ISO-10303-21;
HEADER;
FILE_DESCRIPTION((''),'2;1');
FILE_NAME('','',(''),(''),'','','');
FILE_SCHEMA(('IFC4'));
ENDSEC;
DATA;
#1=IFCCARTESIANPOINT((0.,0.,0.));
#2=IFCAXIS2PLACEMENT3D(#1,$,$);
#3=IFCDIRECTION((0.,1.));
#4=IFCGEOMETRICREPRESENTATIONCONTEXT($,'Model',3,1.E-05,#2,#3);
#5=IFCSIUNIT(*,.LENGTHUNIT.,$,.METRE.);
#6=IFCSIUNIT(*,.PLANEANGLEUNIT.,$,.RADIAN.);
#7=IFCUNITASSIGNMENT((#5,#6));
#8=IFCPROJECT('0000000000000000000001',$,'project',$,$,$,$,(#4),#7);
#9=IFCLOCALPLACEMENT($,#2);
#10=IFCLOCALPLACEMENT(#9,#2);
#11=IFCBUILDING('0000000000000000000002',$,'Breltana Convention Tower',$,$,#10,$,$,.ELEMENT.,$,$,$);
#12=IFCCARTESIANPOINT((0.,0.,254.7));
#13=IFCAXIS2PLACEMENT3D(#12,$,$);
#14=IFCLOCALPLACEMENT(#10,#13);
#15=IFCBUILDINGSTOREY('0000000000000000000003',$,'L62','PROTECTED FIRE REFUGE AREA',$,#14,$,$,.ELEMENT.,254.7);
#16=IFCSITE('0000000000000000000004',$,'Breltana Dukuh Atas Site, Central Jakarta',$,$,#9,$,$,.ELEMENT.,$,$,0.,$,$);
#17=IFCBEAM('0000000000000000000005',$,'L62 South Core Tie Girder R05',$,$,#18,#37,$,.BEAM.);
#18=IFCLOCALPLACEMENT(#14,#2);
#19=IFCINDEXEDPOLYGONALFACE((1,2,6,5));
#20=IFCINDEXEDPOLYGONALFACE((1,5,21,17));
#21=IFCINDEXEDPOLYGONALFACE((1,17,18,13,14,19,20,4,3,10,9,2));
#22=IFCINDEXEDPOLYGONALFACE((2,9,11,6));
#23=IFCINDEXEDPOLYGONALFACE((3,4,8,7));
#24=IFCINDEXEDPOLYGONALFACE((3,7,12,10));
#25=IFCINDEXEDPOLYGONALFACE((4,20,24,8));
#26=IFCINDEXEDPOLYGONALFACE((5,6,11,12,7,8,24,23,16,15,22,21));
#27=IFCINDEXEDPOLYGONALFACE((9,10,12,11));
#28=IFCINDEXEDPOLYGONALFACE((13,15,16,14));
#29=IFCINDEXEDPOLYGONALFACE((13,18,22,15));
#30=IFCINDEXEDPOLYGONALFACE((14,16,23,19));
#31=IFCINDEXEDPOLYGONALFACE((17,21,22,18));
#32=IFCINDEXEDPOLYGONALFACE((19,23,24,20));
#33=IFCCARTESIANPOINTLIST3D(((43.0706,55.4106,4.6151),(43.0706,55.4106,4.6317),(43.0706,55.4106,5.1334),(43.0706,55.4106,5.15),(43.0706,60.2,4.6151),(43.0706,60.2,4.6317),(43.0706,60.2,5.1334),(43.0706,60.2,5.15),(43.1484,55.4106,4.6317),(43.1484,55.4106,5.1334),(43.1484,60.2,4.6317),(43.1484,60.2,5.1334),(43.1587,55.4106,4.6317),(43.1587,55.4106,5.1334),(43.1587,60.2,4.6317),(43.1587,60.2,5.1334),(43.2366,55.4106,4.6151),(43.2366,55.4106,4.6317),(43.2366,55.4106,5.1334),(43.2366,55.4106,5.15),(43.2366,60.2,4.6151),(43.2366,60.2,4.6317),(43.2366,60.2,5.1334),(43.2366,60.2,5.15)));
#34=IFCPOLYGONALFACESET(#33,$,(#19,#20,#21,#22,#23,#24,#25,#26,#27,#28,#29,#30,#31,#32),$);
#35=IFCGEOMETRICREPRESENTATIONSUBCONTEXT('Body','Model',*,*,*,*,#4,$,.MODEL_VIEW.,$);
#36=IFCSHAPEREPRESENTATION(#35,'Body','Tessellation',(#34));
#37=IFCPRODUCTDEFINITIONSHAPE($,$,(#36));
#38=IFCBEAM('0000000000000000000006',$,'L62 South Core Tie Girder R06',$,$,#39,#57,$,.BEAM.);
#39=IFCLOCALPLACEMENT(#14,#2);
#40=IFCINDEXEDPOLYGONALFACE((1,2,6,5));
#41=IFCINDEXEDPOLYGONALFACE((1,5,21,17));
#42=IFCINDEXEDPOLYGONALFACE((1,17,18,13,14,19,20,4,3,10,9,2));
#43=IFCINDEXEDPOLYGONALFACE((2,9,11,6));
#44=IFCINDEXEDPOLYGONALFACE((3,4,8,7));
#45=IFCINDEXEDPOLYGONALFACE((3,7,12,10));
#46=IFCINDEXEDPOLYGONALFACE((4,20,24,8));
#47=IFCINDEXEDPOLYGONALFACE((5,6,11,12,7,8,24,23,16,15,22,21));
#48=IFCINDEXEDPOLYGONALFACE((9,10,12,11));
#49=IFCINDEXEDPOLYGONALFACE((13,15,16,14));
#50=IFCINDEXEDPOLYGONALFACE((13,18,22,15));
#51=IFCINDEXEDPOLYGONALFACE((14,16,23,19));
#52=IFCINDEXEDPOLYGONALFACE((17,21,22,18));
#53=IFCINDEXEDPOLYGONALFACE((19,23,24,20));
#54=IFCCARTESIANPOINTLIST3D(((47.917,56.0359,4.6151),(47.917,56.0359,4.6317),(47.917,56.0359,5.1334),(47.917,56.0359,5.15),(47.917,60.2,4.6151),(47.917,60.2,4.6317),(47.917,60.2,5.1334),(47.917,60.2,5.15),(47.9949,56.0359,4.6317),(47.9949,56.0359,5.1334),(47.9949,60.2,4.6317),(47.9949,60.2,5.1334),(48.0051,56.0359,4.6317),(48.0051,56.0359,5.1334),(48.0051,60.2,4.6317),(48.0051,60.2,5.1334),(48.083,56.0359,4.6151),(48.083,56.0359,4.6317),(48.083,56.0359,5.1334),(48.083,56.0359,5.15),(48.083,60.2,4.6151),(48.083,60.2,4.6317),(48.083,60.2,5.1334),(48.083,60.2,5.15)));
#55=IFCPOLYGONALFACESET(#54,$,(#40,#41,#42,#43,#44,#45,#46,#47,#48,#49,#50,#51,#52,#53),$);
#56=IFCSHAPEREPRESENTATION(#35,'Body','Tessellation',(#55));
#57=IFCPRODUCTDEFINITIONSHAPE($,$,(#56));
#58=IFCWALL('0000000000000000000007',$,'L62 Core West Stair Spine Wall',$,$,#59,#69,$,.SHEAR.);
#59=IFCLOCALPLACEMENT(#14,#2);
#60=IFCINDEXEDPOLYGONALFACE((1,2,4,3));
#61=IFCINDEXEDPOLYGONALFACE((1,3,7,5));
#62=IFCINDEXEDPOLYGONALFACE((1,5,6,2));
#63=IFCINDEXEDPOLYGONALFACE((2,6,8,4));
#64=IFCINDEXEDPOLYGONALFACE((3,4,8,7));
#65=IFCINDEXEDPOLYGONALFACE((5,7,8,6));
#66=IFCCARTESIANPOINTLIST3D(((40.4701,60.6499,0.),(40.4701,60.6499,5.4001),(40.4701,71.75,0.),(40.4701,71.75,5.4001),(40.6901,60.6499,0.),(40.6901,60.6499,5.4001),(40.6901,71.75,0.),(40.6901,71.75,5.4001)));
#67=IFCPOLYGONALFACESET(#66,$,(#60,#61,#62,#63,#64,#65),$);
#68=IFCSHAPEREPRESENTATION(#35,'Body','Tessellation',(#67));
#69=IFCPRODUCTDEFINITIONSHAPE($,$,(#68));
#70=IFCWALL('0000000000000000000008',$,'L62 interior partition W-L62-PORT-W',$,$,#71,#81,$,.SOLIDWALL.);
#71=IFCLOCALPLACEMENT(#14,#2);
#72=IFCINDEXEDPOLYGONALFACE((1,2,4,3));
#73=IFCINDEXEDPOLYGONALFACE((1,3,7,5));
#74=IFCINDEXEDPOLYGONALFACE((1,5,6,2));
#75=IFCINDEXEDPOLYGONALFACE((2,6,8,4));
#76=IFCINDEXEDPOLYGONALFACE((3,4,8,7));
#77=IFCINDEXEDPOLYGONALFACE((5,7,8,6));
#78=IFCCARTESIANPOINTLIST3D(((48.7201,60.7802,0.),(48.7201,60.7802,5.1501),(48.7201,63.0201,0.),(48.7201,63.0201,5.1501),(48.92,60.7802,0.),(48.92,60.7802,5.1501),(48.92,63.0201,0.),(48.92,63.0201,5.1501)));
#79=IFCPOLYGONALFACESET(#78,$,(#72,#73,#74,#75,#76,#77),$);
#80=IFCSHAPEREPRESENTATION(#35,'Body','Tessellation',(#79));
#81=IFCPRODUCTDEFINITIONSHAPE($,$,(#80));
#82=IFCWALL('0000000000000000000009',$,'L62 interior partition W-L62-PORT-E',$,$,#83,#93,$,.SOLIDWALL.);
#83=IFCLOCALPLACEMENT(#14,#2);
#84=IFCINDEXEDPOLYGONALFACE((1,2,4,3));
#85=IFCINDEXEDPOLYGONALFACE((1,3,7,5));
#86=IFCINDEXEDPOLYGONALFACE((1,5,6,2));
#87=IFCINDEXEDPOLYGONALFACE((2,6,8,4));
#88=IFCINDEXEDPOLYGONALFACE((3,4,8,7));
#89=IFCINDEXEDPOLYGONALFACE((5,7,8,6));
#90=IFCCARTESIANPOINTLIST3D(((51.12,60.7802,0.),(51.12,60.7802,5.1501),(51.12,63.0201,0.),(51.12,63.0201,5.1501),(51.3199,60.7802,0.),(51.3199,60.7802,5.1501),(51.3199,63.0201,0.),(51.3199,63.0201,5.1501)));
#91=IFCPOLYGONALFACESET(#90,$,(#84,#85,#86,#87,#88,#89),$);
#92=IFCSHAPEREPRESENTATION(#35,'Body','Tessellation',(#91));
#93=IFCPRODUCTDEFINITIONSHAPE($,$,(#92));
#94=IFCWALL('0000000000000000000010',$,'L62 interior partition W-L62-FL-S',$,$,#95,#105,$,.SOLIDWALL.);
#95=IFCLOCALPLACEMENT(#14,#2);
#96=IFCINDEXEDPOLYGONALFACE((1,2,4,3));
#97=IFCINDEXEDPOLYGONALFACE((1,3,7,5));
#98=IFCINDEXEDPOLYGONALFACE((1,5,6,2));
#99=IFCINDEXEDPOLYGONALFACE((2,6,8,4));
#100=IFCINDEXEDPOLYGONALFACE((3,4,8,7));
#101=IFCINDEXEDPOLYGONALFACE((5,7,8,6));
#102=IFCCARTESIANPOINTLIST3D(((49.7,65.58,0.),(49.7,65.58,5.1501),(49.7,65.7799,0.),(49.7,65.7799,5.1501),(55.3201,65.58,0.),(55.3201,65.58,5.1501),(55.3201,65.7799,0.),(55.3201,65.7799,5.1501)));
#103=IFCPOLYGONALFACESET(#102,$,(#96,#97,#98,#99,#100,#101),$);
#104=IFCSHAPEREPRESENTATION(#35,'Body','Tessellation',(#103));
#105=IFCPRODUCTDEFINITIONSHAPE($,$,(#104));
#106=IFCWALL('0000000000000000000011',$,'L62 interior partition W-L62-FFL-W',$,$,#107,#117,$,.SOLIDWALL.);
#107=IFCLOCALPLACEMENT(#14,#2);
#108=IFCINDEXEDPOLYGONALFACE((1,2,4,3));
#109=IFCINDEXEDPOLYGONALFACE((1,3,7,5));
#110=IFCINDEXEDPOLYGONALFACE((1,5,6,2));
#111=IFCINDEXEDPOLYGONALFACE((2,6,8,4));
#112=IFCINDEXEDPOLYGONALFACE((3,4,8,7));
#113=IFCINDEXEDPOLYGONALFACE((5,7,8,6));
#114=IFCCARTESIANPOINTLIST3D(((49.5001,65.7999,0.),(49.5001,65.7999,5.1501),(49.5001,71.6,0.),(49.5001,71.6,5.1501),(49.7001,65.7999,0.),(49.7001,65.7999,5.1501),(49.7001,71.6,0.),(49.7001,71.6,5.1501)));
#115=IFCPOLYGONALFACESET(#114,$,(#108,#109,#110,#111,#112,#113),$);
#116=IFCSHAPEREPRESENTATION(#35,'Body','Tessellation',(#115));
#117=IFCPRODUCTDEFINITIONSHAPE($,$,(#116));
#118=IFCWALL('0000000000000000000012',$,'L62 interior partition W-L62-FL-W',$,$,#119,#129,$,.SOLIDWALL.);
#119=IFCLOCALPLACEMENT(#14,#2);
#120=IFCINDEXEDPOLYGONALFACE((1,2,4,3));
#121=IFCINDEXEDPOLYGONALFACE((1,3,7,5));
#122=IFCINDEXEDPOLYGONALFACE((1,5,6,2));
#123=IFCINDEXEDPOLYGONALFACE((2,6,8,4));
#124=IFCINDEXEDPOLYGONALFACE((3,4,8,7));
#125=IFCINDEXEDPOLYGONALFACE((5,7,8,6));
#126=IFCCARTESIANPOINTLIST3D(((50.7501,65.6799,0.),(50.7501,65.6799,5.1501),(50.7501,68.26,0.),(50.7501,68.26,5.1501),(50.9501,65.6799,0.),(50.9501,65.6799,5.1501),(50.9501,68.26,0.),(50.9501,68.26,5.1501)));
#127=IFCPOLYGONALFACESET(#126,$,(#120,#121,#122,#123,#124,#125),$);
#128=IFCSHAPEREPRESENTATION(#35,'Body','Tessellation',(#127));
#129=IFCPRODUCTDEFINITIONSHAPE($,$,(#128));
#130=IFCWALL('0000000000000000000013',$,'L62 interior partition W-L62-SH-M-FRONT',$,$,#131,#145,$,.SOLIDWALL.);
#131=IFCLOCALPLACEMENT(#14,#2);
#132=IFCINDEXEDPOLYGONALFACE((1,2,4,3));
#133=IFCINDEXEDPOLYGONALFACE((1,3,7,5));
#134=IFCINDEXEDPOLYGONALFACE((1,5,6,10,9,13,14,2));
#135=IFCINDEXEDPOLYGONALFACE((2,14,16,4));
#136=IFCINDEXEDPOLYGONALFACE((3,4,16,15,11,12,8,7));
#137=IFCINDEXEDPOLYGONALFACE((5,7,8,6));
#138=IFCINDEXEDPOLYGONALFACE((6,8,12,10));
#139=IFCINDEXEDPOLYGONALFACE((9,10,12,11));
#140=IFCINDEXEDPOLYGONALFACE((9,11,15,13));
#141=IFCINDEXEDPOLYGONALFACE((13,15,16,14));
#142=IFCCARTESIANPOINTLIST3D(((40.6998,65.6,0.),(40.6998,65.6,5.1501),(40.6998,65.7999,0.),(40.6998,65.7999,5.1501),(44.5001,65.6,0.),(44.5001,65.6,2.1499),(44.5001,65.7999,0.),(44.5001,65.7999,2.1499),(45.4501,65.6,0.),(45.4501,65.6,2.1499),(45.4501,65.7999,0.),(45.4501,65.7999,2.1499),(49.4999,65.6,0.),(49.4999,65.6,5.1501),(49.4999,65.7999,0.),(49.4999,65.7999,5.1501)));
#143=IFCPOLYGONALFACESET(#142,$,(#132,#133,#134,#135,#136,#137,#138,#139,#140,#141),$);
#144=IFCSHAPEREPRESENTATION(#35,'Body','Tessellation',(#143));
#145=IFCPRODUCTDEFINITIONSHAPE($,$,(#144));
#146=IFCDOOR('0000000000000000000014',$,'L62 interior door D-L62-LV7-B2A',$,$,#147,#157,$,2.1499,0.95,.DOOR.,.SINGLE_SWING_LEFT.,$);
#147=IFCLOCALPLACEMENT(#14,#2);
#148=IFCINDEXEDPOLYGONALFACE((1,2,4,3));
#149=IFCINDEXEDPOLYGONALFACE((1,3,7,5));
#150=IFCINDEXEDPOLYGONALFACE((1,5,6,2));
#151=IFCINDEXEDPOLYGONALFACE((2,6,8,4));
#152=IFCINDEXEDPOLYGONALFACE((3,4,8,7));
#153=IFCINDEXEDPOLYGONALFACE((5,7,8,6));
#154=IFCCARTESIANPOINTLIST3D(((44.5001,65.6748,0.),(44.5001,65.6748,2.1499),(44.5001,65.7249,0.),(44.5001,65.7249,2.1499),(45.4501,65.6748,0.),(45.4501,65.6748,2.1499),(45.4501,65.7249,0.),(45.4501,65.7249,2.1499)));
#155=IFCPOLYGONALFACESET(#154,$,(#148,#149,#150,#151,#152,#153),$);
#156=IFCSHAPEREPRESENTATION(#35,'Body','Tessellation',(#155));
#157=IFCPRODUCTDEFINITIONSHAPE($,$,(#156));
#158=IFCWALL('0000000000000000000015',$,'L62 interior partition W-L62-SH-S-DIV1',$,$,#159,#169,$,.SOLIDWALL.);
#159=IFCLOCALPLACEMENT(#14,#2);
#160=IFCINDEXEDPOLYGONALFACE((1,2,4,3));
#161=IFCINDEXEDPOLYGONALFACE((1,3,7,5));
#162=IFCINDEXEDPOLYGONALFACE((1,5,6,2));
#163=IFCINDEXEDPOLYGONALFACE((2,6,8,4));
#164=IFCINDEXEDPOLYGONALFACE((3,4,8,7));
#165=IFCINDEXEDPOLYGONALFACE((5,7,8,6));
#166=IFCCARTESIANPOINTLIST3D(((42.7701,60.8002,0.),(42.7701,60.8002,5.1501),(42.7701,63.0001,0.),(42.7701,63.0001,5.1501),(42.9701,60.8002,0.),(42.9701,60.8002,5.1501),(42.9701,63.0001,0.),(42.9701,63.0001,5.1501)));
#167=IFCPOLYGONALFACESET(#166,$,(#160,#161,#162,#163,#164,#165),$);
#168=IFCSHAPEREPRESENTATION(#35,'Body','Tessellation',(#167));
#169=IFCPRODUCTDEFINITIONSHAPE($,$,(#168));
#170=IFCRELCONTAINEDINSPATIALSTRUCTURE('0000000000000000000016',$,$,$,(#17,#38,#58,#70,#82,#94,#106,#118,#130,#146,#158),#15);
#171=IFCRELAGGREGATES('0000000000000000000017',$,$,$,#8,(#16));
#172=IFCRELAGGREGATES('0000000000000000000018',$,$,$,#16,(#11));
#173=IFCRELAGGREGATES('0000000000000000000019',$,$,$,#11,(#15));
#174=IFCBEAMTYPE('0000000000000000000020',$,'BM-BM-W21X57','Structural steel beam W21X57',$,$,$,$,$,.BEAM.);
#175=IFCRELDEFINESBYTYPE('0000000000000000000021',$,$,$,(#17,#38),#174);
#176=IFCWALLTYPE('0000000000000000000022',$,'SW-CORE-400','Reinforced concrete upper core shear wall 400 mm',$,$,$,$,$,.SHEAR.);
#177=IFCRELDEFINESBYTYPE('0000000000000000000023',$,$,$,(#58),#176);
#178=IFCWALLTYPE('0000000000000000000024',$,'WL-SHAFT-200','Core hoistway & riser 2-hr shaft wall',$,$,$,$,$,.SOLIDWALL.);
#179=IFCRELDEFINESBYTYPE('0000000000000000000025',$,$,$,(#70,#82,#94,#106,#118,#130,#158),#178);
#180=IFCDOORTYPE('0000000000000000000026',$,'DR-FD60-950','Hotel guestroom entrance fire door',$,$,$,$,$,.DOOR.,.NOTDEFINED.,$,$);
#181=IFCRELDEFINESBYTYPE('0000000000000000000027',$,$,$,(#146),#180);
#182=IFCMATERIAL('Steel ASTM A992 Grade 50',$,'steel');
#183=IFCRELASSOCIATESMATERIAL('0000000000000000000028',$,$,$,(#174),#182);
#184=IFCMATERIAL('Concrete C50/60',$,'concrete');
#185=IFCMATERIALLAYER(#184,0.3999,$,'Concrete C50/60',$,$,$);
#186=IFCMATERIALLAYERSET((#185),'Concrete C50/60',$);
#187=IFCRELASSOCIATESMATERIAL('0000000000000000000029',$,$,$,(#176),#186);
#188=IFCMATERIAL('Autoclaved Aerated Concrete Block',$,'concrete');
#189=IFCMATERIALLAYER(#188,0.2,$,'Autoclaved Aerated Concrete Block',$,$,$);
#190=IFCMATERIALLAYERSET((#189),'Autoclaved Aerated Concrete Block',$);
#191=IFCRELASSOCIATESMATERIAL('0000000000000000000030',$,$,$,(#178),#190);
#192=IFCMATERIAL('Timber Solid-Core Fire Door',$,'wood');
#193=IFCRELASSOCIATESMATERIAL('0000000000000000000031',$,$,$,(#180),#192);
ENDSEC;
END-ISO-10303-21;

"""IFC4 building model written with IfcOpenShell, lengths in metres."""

from ifc_helpers import new_model, si_unit, direction, frame, frame_2d, origin, origin_2d, place, context, subcontext, project, spatial, rectangle, i_section, extrude, source, transform, mapped, material, layer, layer_set, material_profile, profile_set, type_object, type_shapes, element, fill, save


model = new_model("IFC4")

# Units and contexts
model_context = context("Model", 3, precision=1e-05, world=origin(), true_north=direction((0.0, 1.0)))
body_context = subcontext(model_context, "Body", "Model", "MODEL_VIEW")
ifc_project = project(units=[si_unit("LENGTHUNIT", "METRE"), si_unit("PLANEANGLEUNIT", "RADIAN")], contexts=[model_context])

# Site, building, storey
site_placement = place(None, origin())
site = spatial("IfcSite", under=ifc_project, at=site_placement, Name="Breltana Dukuh Atas Site, Central Jakarta", CompositionType="ELEMENT", RefElevation=0.0)
building_placement = place(site_placement, origin())
building = spatial("IfcBuilding", under=site, at=building_placement, Name="Breltana Convention Tower", CompositionType="ELEMENT")
storey_placement = place(building_placement, frame((0.0, 0.0, 254.7)))
storey = spatial("IfcBuildingStorey", under=building, at=storey_placement, Name="L62", Description="PROTECTED FIRE REFUGE AREA", CompositionType="ELEMENT", Elevation=254.7)

# Beams
ifc_material_1 = material(Name="Steel ASTM A992 Grade 50", Category="steel")
ifc_material_profile = material_profile(ifc_material_1, i_section(OverallWidth=0.166, OverallDepth=0.5349, WebThickness=0.0103, FlangeThickness=0.0166, at=origin_2d()), Name="W21X57")
ifc_profile_set = profile_set([ifc_material_profile], Name="Steel ASTM A992 Grade 50")
beam_type = type_object("IfcBeamType", Name="BM-BM-W21X57", Description="Structural steel beam W21X57", PredefinedType="BEAM", material=ifc_profile_set)
shared_shape_1 = source(origin(), body_context, "Body", "SweptSolid", [
    extrude(i_section(OverallWidth=0.166, OverallDepth=0.5349, WebThickness=0.0103, FlangeThickness=0.0166, at=origin_2d()), origin(), (0.0, 0.0, 1.0), 4.7893),
])
beam_1_placement = place(storey_placement, frame((43.1536, 60.2, 4.8826), z_axis=(0.0, -1.0, 0.0), x_axis=(1.0, 0.0, 0.0)))
element("IfcBeam", 1, at=beam_1_placement, inside=storey, type_object=beam_type, Name="L62 South Core Tie Girder R05", PredefinedType="BEAM", context=body_context, shape_type="MappedRepresentation", body=[
    mapped(shared_shape_1, transform((0.0, 0.0, 0.0), scale=1.0)),
])
shared_shape_2 = source(origin(), body_context, "Body", "SweptSolid", [
    extrude(i_section(OverallWidth=0.166, OverallDepth=0.5349, WebThickness=0.0103, FlangeThickness=0.0166, at=origin_2d()), origin(), (0.0, 0.0, 1.0), 4.1641),
])
beam_2_placement = place(storey_placement, frame((48.0, 60.2, 4.8826), z_axis=(0.0, -1.0, 0.0), x_axis=(1.0, 0.0, 0.0)))
element("IfcBeam", 2, at=beam_2_placement, inside=storey, type_object=beam_type, Name="L62 South Core Tie Girder R06", PredefinedType="BEAM", context=body_context, shape_type="MappedRepresentation", body=[
    mapped(shared_shape_2, transform((0.0, 0.0, 0.0), scale=1.0)),
])

# Walls
ifc_material_2 = material(Name="Concrete C50/60", Category="concrete")
ifc_layer_1 = layer(ifc_material_2, 0.3999, Name="Concrete C50/60")
ifc_layer_set_1 = layer_set([ifc_layer_1], Name="Concrete C50/60")
wall_type_1 = type_object("IfcWallType", Name="SW-CORE-400", Description="Reinforced concrete upper core shear wall 400 mm", PredefinedType="SHEAR", material=ifc_layer_set_1)
shared_shape_3 = source(origin(), body_context, "Body", "SweptSolid", [
    extrude(rectangle(XDim=11.1001, YDim=0.22, at=frame_2d((5.55, 0.0))), origin(), (0.0, 0.0, 1.0), 5.4001),
])
wall_1_placement = place(storey_placement, frame((40.5801, 60.6499, 0.0), z_axis=(0.0, 0.0, 1.0), x_axis=(0.0, 1.0, 0.0)))
element("IfcWall", 3, at=wall_1_placement, inside=storey, type_object=wall_type_1, Name="L62 Core West Stair Spine Wall", PredefinedType="SHEAR", context=body_context, shape_type="MappedRepresentation", body=[
    mapped(shared_shape_3, transform((0.0, 0.0, 0.0), scale=1.0)),
])
ifc_material_3 = material(Name="Autoclaved Aerated Concrete Block", Category="concrete")
ifc_layer_2 = layer(ifc_material_3, 0.2, Name="Autoclaved Aerated Concrete Block")
ifc_layer_set_2 = layer_set([ifc_layer_2], Name="Autoclaved Aerated Concrete Block")
wall_type_2 = type_object("IfcWallType", Name="WL-SHAFT-200", Description="Core hoistway & riser 2-hr shaft wall", PredefinedType="SOLIDWALL", material=ifc_layer_set_2)
shared_shape_4 = source(origin(), body_context, "Body", "SweptSolid", [
    extrude(rectangle(XDim=2.24, YDim=0.2, at=frame_2d((1.1201, 0.0))), origin(), (0.0, 0.0, 1.0), 5.1501),
])
for number, where, z_axis, x_axis, name in (
    (4, (48.8201, 60.78, 0.0), (0.0, 0.0, 1.0), (0.0, 1.0, 0.0), "L62 interior partition W-L62-PORT-W"),
    (5, (51.22, 60.78, 0.0), (0.0, 0.0, 1.0), (0.0, 1.0, 0.0), "L62 interior partition W-L62-PORT-E"),
):
    element("IfcWall", number, at=place(storey_placement, frame(where, z_axis=z_axis, x_axis=x_axis)), inside=storey, type_object=wall_type_2, Name=name, PredefinedType="SOLIDWALL", context=body_context, shape_type="MappedRepresentation", body=[
        mapped(shared_shape_4, transform((0.0, 0.0, 0.0), scale=1.0)),
    ])
shared_shape_5 = source(origin(), body_context, "Body", "SweptSolid", [
    extrude(rectangle(XDim=5.6201, YDim=0.2, at=frame_2d((2.8101, 0.0))), origin(), (0.0, 0.0, 1.0), 5.1501),
])
wall_2_placement = place(storey_placement, frame((49.7, 65.6799, 0.0), z_axis=(0.0, 0.0, 1.0), x_axis=(1.0, 0.0, 0.0)))
element("IfcWall", 6, at=wall_2_placement, inside=storey, type_object=wall_type_2, Name="L62 interior partition W-L62-FL-S", PredefinedType="SOLIDWALL", context=body_context, shape_type="MappedRepresentation", body=[
    mapped(shared_shape_5, transform((0.0, 0.0, 0.0), scale=1.0)),
])
shared_shape_6 = source(origin(), body_context, "Body", "SweptSolid", [
    extrude(rectangle(XDim=5.8, YDim=0.2, at=frame_2d((2.8999, 0.0))), origin(), (0.0, 0.0, 1.0), 5.1501),
])
wall_3_placement = place(storey_placement, frame((49.6001, 65.8, 0.0), z_axis=(0.0, 0.0, 1.0), x_axis=(0.0, 1.0, 0.0)))
element("IfcWall", 7, at=wall_3_placement, inside=storey, type_object=wall_type_2, Name="L62 interior partition W-L62-FFL-W", PredefinedType="SOLIDWALL", context=body_context, shape_type="MappedRepresentation", body=[
    mapped(shared_shape_6, transform((0.0, 0.0, 0.0), scale=1.0)),
])
shared_shape_7 = source(origin(), body_context, "Body", "SweptSolid", [
    extrude(rectangle(XDim=2.5801, YDim=0.2, at=frame_2d((1.29, 0.0))), origin(), (0.0, 0.0, 1.0), 5.1501),
])
wall_4_placement = place(storey_placement, frame((50.8501, 65.6799, 0.0), z_axis=(0.0, 0.0, 1.0), x_axis=(0.0, 1.0, 0.0)))
element("IfcWall", 8, at=wall_4_placement, inside=storey, type_object=wall_type_2, Name="L62 interior partition W-L62-FL-W", PredefinedType="SOLIDWALL", context=body_context, shape_type="MappedRepresentation", body=[
    mapped(shared_shape_7, transform((0.0, 0.0, 0.0), scale=1.0)),
])

# Wall, opening, door
shared_shape_8 = source(origin(), body_context, "Body", "SweptSolid", [
    extrude(rectangle(XDim=8.8, YDim=0.2, at=frame_2d((4.3999, 0.0))), origin(), (0.0, 0.0, 1.0), 5.1501),
])
wall_5_placement = place(storey_placement, frame((40.7, 65.7, 0.0), z_axis=(0.0, 0.0, 1.0), x_axis=(1.0, 0.0, 0.0)))
wall_5 = element("IfcWall", 9, at=wall_5_placement, inside=storey, type_object=wall_type_2, Name="L62 interior partition W-L62-SH-M-FRONT", PredefinedType="SOLIDWALL", context=body_context, shape_type="MappedRepresentation", body=[
    mapped(shared_shape_8, transform((0.0, 0.0, 0.0), scale=1.0)),
])
opening_1_placement = place(wall_5_placement, frame((3.8, 0.0, 0.0)))
opening_1 = element("IfcOpeningElement", 10, at=opening_1_placement, cuts=wall_5, PredefinedType="OPENING", context=body_context, shape_type="SweptSolid", body=[
    extrude(rectangle(XDim=0.95, YDim=2.1499, at=frame_2d((0.4751, 1.075))), frame((0.0, 0.1099, 0.0), z_axis=(0.0, -1.0, 0.0), x_axis=(1.0, 0.0, 0.0)), (0.0, 0.0, 1.0), 0.22),
])
ifc_material_4 = material(Name="Timber Solid-Core Fire Door", Category="wood")
door_type_1 = type_object("IfcDoorType", Name="DR-FD60-950", Description="Hotel guestroom entrance fire door", OperationType="NOTDEFINED", PredefinedType="DOOR", material=ifc_material_4)
shared_shape_9 = source(origin(), body_context, "Body", "SweptSolid", [
    extrude(rectangle(XDim=0.95, YDim=2.1499, at=frame_2d((0.4751, 1.075))), frame((0.0, 0.0249, 0.0), z_axis=(0.0, -1.0, 0.0), x_axis=(1.0, 0.0, 0.0)), (0.0, 0.0, 1.0), 0.05),
])
type_shapes(door_type_1, [shared_shape_9])
door_1_placement = place(opening_1_placement, origin())
door_1 = element("IfcDoor", 11, at=door_1_placement, inside=storey, type_object=door_type_1, Name="L62 interior door D-L62-LV7-B2A", OperationType="SINGLE_SWING_LEFT", OverallHeight=2.1499, OverallWidth=0.95, PredefinedType="DOOR", context=body_context, shape_type="MappedRepresentation", body=[
    mapped(shared_shape_9, transform((0.0, 0.0, 0.0), scale=1.0)),
])
fill(opening_1, door_1)

# Wall
shared_shape_10 = source(origin(), body_context, "Body", "SweptSolid", [
    extrude(rectangle(XDim=2.2, YDim=0.2, at=frame_2d((1.1001, 0.0))), origin(), (0.0, 0.0, 1.0), 5.1501),
])
for number, where, z_axis, x_axis, name in (
    (12, (42.8701, 60.8, 0.0), (0.0, 0.0, 1.0), (0.0, 1.0, 0.0), "L62 interior partition W-L62-SH-S-DIV1"),
):
    element("IfcWall", number, at=place(storey_placement, frame(where, z_axis=z_axis, x_axis=x_axis)), inside=storey, type_object=wall_type_2, Name=name, PredefinedType="SOLIDWALL", context=body_context, shape_type="MappedRepresentation", body=[
        mapped(shared_shape_10, transform((0.0, 0.0, 0.0), scale=1.0)),
    ])

save(model, "model.ifc")
